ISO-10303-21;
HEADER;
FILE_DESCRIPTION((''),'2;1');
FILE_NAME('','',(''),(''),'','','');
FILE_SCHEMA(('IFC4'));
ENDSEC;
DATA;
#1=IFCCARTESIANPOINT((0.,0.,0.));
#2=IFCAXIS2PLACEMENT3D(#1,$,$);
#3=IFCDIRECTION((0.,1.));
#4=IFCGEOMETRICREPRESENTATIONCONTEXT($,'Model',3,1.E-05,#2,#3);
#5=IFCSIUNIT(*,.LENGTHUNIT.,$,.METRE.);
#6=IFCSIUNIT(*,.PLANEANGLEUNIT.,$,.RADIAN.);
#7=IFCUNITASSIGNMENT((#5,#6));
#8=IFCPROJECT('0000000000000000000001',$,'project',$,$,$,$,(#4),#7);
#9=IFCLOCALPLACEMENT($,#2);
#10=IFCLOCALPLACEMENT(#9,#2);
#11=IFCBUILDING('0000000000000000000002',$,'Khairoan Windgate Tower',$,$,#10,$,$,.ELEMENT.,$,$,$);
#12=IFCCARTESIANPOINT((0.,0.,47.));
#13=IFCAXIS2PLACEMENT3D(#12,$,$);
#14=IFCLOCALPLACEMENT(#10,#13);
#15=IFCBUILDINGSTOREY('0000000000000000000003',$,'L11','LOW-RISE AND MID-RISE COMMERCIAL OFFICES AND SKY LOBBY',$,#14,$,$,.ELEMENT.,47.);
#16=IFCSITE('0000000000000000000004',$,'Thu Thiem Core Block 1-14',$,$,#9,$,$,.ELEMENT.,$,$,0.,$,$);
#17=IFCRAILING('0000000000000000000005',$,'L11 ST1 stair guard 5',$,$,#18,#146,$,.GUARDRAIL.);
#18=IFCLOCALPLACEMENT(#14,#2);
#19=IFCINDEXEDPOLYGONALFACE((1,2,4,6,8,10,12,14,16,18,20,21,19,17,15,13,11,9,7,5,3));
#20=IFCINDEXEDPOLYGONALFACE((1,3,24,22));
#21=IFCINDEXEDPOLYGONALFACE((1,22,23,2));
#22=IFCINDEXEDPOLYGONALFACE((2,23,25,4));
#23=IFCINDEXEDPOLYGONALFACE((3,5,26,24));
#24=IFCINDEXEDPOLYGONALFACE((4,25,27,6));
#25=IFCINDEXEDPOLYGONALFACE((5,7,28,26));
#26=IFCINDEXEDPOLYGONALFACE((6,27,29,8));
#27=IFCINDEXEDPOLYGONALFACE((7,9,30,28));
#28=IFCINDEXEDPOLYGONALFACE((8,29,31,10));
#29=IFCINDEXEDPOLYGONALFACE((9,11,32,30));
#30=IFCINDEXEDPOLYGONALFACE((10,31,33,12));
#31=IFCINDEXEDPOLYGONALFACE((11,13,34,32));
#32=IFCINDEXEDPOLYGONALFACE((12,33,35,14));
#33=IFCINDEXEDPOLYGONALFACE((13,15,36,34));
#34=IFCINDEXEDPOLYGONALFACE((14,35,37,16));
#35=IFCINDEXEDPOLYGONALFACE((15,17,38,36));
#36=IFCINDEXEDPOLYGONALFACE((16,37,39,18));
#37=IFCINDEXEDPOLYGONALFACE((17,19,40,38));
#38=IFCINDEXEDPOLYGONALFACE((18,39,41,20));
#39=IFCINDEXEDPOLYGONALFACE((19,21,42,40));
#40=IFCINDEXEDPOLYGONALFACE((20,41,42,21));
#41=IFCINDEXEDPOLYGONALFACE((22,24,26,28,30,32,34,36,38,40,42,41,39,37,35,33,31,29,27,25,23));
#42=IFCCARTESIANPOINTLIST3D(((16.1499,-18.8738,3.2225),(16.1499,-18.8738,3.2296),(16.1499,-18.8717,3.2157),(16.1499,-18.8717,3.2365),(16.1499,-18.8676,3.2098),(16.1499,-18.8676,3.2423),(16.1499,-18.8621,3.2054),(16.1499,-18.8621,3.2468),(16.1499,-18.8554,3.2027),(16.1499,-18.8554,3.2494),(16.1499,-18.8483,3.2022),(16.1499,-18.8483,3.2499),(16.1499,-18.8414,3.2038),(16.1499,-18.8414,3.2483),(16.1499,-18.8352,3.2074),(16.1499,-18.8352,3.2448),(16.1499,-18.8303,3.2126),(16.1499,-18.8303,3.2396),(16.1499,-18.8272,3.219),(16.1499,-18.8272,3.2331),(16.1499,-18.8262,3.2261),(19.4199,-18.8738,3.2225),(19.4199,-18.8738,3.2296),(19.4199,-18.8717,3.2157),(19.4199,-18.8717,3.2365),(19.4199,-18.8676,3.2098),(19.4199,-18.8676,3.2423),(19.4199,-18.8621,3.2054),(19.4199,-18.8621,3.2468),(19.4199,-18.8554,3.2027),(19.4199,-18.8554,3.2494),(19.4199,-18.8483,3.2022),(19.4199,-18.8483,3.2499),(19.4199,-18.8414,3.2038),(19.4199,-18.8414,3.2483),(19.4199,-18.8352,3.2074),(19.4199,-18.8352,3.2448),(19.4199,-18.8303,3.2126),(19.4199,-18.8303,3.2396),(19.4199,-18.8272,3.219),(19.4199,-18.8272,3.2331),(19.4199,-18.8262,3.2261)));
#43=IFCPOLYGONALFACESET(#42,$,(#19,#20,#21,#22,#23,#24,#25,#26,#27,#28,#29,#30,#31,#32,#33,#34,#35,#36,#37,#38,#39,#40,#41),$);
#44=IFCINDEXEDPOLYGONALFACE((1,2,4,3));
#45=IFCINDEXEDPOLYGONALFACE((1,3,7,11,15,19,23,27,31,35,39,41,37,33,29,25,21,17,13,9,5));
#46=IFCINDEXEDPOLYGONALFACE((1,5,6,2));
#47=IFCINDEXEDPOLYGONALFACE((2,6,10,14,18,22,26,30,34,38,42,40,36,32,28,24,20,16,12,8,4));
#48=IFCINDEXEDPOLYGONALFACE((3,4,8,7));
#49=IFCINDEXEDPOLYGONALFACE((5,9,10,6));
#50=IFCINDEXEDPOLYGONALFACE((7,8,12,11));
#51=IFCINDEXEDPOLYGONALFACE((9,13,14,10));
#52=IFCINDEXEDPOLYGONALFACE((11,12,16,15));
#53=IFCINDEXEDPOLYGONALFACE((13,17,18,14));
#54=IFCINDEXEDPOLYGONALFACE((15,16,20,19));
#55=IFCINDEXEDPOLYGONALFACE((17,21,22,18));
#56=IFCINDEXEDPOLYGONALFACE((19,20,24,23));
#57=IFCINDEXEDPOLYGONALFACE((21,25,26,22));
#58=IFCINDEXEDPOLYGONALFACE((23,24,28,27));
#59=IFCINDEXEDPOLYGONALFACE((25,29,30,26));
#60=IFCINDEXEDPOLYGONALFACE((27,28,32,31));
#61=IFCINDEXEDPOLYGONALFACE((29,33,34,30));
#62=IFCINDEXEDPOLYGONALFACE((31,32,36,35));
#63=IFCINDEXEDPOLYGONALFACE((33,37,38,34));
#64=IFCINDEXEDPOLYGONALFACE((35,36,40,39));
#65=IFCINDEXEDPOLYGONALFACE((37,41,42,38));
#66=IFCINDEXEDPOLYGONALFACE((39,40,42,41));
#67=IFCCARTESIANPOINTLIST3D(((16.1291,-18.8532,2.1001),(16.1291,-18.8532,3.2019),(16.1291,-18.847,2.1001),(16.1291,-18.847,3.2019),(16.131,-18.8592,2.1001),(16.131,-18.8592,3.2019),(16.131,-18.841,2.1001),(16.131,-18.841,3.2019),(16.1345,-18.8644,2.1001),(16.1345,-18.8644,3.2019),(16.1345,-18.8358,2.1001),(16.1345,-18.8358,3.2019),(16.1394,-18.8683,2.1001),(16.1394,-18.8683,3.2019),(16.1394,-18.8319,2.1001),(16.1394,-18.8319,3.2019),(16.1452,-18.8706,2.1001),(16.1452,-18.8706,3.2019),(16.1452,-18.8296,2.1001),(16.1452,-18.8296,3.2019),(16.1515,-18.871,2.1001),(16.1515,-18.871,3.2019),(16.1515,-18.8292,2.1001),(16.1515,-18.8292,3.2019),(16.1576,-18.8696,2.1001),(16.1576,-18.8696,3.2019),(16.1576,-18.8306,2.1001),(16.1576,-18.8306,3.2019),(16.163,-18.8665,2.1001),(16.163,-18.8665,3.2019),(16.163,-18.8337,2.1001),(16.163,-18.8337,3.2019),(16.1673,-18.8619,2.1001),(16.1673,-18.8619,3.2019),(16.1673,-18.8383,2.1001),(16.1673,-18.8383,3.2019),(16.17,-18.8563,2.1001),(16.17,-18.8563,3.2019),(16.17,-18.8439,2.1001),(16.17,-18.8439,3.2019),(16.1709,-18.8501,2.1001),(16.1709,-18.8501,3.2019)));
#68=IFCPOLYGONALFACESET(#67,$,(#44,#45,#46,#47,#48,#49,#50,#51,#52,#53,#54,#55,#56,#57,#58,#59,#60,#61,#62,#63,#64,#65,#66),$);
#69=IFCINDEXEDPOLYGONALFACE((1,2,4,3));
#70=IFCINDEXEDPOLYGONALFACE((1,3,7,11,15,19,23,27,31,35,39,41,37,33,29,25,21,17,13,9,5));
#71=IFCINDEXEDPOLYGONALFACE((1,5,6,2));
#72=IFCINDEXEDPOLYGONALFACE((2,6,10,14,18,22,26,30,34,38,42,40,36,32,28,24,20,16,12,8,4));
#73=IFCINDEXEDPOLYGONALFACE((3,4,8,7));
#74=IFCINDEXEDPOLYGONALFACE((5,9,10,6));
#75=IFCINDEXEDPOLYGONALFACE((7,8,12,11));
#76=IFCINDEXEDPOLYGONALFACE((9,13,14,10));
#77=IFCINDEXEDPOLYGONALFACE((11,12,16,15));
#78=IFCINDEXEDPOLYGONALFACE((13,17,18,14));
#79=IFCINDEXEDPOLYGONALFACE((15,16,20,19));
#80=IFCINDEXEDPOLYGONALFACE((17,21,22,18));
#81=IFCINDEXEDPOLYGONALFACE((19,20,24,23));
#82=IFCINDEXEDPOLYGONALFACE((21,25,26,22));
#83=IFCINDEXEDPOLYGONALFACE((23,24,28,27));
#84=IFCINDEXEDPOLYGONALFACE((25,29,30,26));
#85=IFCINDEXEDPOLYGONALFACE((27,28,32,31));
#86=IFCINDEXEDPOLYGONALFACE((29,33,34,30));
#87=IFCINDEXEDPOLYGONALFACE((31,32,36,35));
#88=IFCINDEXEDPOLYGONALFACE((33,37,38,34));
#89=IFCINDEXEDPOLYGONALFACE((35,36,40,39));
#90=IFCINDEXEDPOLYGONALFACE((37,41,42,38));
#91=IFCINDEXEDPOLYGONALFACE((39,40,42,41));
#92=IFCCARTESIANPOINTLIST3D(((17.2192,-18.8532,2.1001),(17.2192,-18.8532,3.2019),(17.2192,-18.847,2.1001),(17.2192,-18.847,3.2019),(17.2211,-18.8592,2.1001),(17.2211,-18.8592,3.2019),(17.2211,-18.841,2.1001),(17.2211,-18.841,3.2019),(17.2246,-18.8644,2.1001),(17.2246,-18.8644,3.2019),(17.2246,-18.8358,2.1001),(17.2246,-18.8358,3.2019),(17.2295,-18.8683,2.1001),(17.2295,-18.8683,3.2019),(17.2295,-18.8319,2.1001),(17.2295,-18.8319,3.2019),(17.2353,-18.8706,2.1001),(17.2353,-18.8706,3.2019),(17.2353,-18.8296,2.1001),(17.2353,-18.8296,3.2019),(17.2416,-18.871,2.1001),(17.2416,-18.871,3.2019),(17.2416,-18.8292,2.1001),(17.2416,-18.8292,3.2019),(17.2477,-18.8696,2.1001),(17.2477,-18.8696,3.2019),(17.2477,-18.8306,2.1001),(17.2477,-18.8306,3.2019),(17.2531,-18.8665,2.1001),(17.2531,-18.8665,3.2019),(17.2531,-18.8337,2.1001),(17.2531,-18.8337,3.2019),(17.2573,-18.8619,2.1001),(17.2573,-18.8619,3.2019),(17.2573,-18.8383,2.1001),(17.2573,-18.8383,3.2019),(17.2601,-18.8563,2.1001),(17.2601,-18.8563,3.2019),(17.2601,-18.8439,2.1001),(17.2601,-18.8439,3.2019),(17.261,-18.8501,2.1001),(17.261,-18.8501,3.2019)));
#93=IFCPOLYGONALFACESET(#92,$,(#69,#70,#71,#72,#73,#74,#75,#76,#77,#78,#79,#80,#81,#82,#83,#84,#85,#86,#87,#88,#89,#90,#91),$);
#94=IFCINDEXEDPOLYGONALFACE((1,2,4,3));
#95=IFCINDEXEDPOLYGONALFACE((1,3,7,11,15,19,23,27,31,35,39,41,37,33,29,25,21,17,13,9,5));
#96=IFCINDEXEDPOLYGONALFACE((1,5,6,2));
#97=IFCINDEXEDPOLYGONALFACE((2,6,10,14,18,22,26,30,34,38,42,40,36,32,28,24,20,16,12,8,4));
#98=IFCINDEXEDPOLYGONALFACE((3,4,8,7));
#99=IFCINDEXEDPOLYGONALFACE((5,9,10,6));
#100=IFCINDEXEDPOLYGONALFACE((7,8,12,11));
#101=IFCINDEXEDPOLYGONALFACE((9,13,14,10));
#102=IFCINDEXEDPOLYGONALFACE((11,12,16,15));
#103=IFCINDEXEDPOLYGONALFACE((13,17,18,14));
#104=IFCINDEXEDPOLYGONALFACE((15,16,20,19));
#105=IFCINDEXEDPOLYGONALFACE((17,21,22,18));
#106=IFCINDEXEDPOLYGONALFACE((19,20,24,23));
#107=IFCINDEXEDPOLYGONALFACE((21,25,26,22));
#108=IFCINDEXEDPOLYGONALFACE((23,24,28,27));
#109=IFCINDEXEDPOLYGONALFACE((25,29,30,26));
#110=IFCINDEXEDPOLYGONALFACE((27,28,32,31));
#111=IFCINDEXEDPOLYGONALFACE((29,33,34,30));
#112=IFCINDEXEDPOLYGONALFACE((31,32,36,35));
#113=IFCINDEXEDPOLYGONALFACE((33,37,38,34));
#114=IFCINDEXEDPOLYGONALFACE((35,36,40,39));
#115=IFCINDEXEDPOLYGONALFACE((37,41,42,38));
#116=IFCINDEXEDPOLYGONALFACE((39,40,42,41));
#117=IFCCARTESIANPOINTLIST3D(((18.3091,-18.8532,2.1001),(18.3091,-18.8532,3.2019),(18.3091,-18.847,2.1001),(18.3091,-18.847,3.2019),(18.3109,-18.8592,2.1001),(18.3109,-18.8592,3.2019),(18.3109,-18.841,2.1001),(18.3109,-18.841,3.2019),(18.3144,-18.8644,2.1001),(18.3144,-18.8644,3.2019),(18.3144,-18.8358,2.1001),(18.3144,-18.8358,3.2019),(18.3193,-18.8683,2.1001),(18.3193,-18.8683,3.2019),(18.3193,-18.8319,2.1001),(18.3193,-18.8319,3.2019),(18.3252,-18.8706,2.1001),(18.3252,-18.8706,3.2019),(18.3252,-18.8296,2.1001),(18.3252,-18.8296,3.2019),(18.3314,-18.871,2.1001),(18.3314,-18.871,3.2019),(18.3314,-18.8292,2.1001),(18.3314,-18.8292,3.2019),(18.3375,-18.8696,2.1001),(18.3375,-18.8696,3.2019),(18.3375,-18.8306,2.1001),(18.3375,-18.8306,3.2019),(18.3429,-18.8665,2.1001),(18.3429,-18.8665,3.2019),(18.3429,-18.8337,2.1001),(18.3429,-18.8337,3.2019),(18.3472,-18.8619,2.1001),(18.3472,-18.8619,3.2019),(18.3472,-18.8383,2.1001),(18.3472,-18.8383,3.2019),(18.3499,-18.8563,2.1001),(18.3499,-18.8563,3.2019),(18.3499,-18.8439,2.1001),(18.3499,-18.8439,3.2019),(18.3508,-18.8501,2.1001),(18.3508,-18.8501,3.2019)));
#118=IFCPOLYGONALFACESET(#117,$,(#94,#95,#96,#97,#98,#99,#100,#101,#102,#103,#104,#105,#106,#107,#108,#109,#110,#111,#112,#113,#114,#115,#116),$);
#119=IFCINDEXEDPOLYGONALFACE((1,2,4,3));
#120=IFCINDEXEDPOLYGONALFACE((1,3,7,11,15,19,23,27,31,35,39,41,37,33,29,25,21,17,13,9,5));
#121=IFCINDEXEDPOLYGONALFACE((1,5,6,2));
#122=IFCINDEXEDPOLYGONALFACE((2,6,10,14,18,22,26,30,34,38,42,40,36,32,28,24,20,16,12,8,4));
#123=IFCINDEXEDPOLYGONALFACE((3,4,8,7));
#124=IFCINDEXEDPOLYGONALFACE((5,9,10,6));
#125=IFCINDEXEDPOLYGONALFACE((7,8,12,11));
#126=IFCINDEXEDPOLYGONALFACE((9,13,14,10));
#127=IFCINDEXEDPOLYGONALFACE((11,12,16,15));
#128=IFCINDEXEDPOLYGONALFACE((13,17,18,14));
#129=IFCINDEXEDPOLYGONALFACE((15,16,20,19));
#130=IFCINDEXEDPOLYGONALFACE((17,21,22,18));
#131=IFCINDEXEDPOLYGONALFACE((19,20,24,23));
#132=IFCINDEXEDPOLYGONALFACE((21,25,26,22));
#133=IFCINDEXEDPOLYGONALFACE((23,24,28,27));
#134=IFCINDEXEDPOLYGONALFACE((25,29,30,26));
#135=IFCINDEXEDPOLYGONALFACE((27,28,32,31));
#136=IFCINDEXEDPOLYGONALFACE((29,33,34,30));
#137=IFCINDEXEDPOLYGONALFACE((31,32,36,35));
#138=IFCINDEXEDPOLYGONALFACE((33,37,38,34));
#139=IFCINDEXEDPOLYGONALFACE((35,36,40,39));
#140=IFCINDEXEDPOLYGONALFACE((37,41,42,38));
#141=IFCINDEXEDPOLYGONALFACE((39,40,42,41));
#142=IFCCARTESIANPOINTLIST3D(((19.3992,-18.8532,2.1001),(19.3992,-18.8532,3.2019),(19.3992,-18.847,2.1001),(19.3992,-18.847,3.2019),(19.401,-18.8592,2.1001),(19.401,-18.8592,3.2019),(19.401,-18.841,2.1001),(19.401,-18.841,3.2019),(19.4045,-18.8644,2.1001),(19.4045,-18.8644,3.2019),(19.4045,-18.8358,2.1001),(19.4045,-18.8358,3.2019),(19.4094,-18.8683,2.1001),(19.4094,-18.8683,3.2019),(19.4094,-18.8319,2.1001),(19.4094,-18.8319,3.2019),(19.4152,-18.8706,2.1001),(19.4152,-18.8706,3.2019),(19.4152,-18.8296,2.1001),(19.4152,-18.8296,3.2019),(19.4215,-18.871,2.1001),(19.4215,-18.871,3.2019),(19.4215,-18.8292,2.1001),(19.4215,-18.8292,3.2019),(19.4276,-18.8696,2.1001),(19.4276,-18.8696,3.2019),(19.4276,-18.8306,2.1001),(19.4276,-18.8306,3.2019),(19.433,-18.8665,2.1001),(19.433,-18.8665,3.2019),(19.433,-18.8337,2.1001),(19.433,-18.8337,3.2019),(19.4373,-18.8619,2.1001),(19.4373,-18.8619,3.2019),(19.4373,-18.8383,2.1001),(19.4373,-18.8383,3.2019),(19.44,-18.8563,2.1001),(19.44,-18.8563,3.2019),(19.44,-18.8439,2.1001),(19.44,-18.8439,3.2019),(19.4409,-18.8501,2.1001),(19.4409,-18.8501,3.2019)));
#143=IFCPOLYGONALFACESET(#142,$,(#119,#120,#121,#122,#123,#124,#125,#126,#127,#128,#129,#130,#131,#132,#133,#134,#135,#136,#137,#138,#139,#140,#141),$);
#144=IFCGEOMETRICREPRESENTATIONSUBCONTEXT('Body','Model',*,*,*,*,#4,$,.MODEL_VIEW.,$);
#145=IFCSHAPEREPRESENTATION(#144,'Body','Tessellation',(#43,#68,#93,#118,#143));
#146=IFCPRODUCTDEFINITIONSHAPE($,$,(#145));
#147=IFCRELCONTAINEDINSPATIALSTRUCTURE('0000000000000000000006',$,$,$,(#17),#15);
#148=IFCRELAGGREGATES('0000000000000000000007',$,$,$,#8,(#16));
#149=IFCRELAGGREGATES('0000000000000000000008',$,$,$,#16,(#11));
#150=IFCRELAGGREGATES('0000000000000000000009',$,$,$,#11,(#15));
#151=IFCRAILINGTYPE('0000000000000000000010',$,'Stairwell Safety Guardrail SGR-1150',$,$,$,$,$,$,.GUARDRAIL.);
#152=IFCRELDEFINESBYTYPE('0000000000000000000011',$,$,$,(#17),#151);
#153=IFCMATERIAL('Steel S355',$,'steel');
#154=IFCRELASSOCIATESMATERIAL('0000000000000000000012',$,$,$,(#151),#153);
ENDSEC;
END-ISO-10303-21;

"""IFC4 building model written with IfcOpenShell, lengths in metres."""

from ifc_helpers import new_model, si_unit, direction, frame, origin, origin_2d, place, context, subcontext, project, spatial, circle, extrude, material, type_object, element, save


model = new_model("IFC4")

# Units and contexts
model_context = context("Model", 3, precision=1e-05, world=origin(), true_north=direction((0.0, 1.0)))
body_context = subcontext(model_context, "Body", "Model", "MODEL_VIEW")
ifc_project = project(units=[si_unit("LENGTHUNIT", "METRE"), si_unit("PLANEANGLEUNIT", "RADIAN")], contexts=[model_context])

# Site, building, storey
site_placement = place(None, origin())
site = spatial("IfcSite", under=ifc_project, at=site_placement, Name="Thu Thiem Core Block 1-14", CompositionType="ELEMENT", RefElevation=0.0)
building_placement = place(site_placement, origin())
building = spatial("IfcBuilding", under=site, at=building_placement, Name="Khairoan Windgate Tower", CompositionType="ELEMENT")
storey_placement = place(building_placement, frame((0.0, 0.0, 47.0)))
storey = spatial("IfcBuildingStorey", under=building, at=storey_placement, Name="L11", Description="LOW-RISE AND MID-RISE COMMERCIAL OFFICES AND SKY LOBBY", CompositionType="ELEMENT", Elevation=47.0)

# Railing
ifc_material_1 = material(Name="Steel S355", Category="steel")
railing_type = type_object("IfcRailingType", Name="Stairwell Safety Guardrail SGR-1150", PredefinedType="GUARDRAIL", material=ifc_material_1)
railing_1_placement = place(storey_placement, frame((16.1499, -18.8501, 2.1001)))
element("IfcRailing", 1, at=railing_1_placement, inside=storey, type_object=railing_type, Name="L11 ST1 stair guard 5", PredefinedType="GUARDRAIL", context=body_context, shape_type="SweptSolid", body=[
    extrude(circle(Radius=0.0239, at=origin_2d()), frame((0.0, 0.0, 1.126), z_axis=(1.0, 0.0, 0.0), x_axis=(0.0, 1.0, 0.0)), (0.0, 0.0, 1.0), 3.27),
    extrude(circle(Radius=0.021, at=origin_2d()), origin(), (0.0, 0.0, 1.0), 1.1018),
    extrude(circle(Radius=0.021, at=origin_2d()), frame((1.0901, 0.0, 0.0)), (0.0, 0.0, 1.0), 1.1018),
    extrude(circle(Radius=0.021, at=origin_2d()), frame((2.1799, 0.0, 0.0)), (0.0, 0.0, 1.0), 1.1018),
    extrude(circle(Radius=0.021, at=origin_2d()), frame((3.27, 0.0, 0.0)), (0.0, 0.0, 1.0), 1.1018),
])

save(model, "model.ifc")
